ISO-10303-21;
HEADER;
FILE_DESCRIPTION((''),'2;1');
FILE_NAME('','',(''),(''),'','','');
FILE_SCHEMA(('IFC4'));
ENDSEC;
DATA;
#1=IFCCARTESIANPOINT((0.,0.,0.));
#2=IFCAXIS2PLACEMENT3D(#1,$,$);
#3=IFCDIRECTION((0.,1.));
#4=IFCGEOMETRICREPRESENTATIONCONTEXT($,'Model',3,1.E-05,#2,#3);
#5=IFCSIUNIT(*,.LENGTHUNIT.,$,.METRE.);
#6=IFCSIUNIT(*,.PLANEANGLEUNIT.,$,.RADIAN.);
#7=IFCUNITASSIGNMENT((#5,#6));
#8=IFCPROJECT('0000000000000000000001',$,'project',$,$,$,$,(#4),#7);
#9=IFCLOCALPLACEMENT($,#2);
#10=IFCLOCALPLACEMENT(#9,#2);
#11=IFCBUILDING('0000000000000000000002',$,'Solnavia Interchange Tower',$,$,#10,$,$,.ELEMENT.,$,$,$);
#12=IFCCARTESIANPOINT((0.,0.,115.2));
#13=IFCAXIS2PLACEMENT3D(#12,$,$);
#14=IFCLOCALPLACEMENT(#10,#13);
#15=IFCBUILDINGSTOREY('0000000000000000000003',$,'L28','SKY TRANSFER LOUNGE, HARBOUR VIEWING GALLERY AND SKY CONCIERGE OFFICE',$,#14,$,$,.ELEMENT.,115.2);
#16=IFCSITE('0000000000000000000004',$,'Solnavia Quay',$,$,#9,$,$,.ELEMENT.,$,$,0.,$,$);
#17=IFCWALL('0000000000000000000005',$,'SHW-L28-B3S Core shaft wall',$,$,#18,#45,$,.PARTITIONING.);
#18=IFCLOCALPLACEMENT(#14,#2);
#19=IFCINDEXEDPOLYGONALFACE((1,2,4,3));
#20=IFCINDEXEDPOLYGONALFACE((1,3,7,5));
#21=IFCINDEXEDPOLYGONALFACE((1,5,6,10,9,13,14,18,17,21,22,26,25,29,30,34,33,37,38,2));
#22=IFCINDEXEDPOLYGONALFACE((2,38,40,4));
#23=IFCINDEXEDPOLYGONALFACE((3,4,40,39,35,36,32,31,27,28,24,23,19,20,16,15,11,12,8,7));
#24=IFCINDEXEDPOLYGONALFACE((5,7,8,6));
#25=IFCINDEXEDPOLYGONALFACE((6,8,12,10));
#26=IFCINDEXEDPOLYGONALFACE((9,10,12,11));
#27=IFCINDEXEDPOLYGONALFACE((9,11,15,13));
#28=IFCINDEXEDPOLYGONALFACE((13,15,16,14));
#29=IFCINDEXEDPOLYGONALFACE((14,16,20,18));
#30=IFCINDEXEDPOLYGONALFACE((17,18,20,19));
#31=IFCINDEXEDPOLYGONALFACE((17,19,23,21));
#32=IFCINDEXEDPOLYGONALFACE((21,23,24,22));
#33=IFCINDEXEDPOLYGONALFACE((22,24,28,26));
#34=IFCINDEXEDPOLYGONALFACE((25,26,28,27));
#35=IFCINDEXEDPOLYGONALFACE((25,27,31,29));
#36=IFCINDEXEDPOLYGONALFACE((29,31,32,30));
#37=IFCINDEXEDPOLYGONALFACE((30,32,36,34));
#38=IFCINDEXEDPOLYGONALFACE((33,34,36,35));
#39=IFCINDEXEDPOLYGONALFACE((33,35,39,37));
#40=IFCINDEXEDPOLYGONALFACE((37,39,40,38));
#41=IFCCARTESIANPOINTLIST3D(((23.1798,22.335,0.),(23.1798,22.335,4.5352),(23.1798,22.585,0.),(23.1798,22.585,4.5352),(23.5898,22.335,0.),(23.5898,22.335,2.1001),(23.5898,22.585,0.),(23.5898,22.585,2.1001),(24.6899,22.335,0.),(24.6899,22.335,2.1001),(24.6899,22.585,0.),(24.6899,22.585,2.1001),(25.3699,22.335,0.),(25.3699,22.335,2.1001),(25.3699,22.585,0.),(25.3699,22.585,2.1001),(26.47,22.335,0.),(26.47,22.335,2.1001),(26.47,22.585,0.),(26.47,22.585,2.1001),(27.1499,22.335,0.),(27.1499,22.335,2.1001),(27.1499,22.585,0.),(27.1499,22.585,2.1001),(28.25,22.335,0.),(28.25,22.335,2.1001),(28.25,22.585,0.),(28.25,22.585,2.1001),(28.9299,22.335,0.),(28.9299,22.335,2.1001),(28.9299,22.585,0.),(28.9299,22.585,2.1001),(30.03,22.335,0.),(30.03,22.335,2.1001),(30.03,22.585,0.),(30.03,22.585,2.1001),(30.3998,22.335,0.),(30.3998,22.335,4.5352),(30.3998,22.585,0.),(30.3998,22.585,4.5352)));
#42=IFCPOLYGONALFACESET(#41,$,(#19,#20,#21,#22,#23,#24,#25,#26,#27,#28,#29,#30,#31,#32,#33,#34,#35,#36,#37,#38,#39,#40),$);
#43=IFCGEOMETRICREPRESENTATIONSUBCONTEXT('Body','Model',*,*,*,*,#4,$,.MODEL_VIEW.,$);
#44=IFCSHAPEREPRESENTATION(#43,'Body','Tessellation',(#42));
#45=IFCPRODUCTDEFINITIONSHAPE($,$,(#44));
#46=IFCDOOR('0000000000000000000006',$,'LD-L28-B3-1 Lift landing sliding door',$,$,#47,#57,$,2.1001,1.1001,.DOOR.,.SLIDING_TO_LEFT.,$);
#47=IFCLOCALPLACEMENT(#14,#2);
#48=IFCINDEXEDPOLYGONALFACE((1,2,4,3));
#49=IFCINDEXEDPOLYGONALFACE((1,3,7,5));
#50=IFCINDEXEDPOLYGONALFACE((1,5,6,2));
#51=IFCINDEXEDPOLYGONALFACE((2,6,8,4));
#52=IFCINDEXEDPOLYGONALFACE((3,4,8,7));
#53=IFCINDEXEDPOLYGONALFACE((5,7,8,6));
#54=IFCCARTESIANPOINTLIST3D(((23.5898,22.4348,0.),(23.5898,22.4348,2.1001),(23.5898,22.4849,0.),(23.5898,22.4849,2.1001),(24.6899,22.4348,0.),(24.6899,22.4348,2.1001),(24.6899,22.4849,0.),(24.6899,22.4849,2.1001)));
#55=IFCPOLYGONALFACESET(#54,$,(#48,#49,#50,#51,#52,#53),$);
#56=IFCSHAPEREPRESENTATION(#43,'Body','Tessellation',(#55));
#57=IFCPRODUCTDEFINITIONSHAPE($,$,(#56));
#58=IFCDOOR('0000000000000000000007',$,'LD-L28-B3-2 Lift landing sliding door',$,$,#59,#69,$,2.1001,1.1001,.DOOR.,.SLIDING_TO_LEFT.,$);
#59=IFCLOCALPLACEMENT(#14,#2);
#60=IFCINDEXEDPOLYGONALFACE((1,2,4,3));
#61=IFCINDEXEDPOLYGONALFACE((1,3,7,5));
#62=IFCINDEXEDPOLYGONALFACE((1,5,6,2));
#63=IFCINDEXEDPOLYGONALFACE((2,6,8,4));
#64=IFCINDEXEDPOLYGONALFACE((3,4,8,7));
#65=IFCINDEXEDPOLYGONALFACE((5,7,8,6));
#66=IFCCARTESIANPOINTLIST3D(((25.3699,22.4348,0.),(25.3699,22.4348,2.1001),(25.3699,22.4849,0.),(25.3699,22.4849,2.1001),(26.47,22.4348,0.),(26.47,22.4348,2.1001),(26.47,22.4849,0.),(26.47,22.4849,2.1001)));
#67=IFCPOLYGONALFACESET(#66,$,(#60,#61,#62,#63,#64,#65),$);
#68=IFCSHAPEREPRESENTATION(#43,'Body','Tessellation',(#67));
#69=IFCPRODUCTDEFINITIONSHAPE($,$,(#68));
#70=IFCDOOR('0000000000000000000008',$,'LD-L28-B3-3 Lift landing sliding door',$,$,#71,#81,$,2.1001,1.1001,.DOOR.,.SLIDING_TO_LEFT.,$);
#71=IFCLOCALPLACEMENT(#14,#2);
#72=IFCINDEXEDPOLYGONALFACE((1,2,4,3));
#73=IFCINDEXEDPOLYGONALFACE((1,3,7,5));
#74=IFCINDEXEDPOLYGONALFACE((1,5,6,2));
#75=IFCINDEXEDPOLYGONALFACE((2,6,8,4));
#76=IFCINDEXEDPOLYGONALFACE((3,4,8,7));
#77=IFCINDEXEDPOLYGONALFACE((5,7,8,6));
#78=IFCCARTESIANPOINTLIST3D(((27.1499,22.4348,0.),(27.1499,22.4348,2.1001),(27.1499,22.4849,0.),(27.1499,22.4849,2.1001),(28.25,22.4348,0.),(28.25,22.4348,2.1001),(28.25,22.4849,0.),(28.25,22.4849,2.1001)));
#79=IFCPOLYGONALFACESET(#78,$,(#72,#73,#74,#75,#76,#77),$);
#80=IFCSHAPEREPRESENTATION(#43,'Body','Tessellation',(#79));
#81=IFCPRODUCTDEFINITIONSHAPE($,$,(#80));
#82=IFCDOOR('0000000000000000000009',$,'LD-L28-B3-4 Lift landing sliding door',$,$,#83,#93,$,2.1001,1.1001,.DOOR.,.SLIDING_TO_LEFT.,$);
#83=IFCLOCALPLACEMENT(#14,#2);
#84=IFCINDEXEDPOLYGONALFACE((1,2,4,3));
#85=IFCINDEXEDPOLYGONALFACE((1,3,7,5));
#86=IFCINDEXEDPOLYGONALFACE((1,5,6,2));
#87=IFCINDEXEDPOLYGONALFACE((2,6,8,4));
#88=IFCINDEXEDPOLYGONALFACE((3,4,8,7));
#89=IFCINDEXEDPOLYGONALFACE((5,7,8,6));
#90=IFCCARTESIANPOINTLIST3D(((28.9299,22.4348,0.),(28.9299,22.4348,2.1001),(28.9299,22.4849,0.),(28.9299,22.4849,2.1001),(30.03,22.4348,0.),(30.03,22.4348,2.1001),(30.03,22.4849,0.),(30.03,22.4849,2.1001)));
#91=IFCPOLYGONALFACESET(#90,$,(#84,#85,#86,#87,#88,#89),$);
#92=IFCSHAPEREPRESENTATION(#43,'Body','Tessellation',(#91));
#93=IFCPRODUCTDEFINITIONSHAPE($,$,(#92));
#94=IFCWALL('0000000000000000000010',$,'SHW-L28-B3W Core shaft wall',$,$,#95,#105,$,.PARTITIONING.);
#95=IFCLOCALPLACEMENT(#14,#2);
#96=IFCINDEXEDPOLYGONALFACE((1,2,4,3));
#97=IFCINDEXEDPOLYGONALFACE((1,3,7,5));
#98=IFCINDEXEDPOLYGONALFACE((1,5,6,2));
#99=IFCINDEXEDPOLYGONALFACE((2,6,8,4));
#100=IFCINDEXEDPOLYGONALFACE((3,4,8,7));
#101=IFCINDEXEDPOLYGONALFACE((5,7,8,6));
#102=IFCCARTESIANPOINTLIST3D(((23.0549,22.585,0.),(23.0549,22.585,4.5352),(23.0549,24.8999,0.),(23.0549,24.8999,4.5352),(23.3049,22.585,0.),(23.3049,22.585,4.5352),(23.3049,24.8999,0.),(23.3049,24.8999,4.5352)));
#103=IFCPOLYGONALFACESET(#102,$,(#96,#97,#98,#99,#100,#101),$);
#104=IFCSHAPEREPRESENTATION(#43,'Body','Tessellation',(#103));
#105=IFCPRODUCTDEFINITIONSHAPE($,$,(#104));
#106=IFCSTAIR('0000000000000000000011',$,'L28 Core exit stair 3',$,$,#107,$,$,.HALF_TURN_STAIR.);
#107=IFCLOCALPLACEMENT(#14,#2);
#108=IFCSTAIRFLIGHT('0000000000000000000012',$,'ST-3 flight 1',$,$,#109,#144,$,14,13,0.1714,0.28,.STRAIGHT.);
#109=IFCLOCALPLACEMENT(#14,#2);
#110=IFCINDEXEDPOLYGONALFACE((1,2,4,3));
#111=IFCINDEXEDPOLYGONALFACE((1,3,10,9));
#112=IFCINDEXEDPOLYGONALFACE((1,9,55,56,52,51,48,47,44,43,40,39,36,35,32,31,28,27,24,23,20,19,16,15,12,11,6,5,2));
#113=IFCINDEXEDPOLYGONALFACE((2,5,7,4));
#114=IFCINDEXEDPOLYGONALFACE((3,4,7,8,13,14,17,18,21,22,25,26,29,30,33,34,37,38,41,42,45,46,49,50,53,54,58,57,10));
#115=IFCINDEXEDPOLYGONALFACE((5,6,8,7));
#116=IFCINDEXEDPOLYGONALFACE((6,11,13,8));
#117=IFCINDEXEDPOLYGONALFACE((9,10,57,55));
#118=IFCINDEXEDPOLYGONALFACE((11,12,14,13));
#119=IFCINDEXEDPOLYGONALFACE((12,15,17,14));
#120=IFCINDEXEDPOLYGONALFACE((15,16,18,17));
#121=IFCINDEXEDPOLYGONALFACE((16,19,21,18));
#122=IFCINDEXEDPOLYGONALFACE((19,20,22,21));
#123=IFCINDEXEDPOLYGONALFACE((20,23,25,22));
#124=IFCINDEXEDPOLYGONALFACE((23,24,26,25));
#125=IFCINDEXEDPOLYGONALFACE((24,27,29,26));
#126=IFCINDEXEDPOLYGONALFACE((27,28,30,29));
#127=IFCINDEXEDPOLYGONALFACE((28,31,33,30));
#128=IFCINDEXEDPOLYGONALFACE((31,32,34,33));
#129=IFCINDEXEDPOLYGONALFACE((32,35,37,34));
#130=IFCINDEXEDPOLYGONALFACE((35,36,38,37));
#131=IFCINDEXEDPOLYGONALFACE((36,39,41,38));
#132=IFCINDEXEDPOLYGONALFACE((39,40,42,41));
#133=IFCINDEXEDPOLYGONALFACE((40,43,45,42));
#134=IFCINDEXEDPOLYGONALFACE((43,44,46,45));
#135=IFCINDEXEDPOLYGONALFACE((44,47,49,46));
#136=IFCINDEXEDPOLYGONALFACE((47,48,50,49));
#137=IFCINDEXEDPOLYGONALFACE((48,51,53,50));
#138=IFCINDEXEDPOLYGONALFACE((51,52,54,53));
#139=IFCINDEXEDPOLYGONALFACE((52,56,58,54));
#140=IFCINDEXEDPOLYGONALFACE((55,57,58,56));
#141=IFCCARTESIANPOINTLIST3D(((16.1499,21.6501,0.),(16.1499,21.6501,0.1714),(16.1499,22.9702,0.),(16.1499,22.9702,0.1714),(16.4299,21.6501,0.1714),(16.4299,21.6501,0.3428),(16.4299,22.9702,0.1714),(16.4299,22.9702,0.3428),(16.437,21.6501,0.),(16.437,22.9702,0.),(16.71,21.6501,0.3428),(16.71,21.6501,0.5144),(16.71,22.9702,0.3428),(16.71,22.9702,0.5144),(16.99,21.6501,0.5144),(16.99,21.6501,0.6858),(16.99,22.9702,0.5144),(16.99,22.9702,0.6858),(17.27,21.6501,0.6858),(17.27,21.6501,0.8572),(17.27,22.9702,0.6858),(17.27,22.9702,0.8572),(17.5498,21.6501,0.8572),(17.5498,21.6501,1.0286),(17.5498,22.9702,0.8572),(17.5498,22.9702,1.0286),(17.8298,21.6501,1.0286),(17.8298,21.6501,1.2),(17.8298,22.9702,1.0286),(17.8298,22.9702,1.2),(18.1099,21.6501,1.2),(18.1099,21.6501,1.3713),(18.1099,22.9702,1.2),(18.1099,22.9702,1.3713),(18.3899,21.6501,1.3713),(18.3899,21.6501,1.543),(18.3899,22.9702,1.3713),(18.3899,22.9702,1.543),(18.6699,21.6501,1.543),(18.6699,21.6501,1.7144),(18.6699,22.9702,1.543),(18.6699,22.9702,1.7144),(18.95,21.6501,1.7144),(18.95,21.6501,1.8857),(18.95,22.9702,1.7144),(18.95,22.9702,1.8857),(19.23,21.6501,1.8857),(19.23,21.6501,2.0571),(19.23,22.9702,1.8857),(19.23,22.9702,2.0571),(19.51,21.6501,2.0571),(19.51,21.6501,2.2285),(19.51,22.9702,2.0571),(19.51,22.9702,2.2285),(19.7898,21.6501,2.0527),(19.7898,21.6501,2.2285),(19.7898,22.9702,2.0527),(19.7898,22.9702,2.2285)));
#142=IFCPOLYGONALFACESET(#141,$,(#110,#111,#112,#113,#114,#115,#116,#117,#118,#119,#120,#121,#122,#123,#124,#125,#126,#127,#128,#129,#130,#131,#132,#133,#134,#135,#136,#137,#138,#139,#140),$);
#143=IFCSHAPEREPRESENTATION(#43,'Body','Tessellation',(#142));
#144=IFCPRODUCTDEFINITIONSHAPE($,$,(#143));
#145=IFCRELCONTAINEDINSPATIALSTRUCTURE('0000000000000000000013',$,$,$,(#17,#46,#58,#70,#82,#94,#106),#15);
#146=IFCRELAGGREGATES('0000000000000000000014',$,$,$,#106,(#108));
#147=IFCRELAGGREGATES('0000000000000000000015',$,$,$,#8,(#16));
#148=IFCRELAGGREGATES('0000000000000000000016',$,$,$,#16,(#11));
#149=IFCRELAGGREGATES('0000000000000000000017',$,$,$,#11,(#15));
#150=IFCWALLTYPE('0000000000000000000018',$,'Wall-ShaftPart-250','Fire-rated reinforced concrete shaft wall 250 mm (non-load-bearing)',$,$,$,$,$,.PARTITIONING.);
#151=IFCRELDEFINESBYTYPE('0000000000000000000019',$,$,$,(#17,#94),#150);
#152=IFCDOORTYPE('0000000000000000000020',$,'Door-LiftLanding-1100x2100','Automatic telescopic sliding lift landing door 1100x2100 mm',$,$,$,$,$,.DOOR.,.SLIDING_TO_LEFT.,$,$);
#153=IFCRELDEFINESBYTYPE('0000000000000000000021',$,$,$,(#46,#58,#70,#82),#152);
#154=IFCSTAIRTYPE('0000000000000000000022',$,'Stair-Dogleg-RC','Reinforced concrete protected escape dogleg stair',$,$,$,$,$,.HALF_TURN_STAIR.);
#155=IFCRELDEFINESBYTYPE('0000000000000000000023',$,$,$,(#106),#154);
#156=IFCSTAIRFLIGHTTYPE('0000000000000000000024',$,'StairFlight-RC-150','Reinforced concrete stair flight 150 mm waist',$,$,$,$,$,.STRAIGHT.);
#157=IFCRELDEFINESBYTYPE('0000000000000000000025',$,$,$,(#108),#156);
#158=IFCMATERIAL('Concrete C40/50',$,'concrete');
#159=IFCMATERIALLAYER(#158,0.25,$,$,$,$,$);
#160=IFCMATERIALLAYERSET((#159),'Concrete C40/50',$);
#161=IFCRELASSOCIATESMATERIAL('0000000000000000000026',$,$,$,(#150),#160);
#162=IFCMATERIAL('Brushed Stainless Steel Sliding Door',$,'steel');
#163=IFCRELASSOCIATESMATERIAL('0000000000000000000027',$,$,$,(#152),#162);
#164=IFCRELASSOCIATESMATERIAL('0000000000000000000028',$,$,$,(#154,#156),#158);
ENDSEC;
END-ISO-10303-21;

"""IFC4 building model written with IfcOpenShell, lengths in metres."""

from ifc_helpers import new_model, si_unit, direction, frame, frame_2d, origin, place, context, subcontext, project, spatial, polyline, rectangle, outline, extrude, material, layer, layer_set, type_object, element, fill, aggregate, save


model = new_model("IFC4")

# Units and contexts
model_context = context("Model", 3, precision=1e-05, world=origin(), true_north=direction((0.0, 1.0)))
body_context = subcontext(model_context, "Body", "Model", "MODEL_VIEW")
ifc_project = project(units=[si_unit("LENGTHUNIT", "METRE"), si_unit("PLANEANGLEUNIT", "RADIAN")], contexts=[model_context])

# Site, building, storey
site_placement = place(None, origin())
site = spatial("IfcSite", under=ifc_project, at=site_placement, Name="Solnavia Quay", CompositionType="ELEMENT", RefElevation=0.0)
building_placement = place(site_placement, origin())
building = spatial("IfcBuilding", under=site, at=building_placement, Name="Solnavia Interchange Tower", CompositionType="ELEMENT")
storey_placement = place(building_placement, frame((0.0, 0.0, 115.2)))
storey = spatial("IfcBuildingStorey", under=building, at=storey_placement, Name="L28", Description="SKY TRANSFER LOUNGE, HARBOUR VIEWING GALLERY AND SKY CONCIERGE OFFICE", CompositionType="ELEMENT", Elevation=115.2)

# Shared definitions
ifc_material_1 = material(Name="Concrete C40/50", Category="concrete")
ifc_layer_1 = layer(ifc_material_1, 0.25)
ifc_layer_set_1 = layer_set([ifc_layer_1], Name="Concrete C40/50")
wall_type_1 = type_object("IfcWallType", Name="Wall-ShaftPart-250", Description="Fire-rated reinforced concrete shaft wall 250 mm (non-load-bearing)", PredefinedType="PARTITIONING", material=ifc_layer_set_1)

# Shared definitions
ifc_material_2 = material(Name="Brushed Stainless Steel Sliding Door", Category="steel")
door_type = type_object("IfcDoorType", Name="Door-LiftLanding-1100x2100", Description="Automatic telescopic sliding lift landing door 1100x2100 mm", OperationType="SLIDING_TO_LEFT", PredefinedType="DOOR", material=ifc_material_2)

# Wall, openings, doors
wall_1_placement = place(storey_placement, frame((23.1799, 22.46, 0.0), z_axis=(0.0, 0.0, 1.0), x_axis=(1.0, 0.0, 0.0)))
wall_1 = element("IfcWall", 1, at=wall_1_placement, inside=storey, type_object=wall_type_1, Name="SHW-L28-B3S Core shaft wall", PredefinedType="PARTITIONING", context=body_context, shape_type="SweptSolid", body=[
    extrude(rectangle(XDim=7.22, YDim=0.25, at=frame_2d((3.6099, 0.0))), origin(), (0.0, 0.0, 1.0), 4.5352),
])
opening_1_placement = place(wall_1_placement, frame((0.4099, 0.0, 0.0)))
opening_1 = element("IfcOpeningElement", 2, at=opening_1_placement, cuts=wall_1, PredefinedType="OPENING", context=body_context, shape_type="SweptSolid", body=[
    extrude(rectangle(XDim=1.1001, YDim=2.1001, at=frame_2d((0.55, 1.05))), frame((0.0, 0.135, 0.0), z_axis=(0.0, -1.0, 0.0), x_axis=(1.0, 0.0, 0.0)), (0.0, 0.0, 1.0), 0.27),
])
opening_2_placement = place(wall_1_placement, frame((2.1899, 0.0, 0.0)))
opening_2 = element("IfcOpeningElement", 3, at=opening_2_placement, cuts=wall_1, PredefinedType="OPENING", context=body_context, shape_type="SweptSolid", body=[
    extrude(rectangle(XDim=1.1001, YDim=2.1001, at=frame_2d((0.55, 1.05))), frame((0.0, 0.135, 0.0), z_axis=(0.0, -1.0, 0.0), x_axis=(1.0, 0.0, 0.0)), (0.0, 0.0, 1.0), 0.27),
])
opening_3_placement = place(wall_1_placement, frame((3.97, 0.0, 0.0)))
opening_3 = element("IfcOpeningElement", 4, at=opening_3_placement, cuts=wall_1, PredefinedType="OPENING", context=body_context, shape_type="SweptSolid", body=[
    extrude(rectangle(XDim=1.1001, YDim=2.1001, at=frame_2d((0.55, 1.05))), frame((0.0, 0.135, 0.0), z_axis=(0.0, -1.0, 0.0), x_axis=(1.0, 0.0, 0.0)), (0.0, 0.0, 1.0), 0.27),
])
opening_4_placement = place(wall_1_placement, frame((5.75, 0.0, 0.0)))
opening_4 = element("IfcOpeningElement", 5, at=opening_4_placement, cuts=wall_1, PredefinedType="OPENING", context=body_context, shape_type="SweptSolid", body=[
    extrude(rectangle(XDim=1.1001, YDim=2.1001, at=frame_2d((0.55, 1.05))), frame((0.0, 0.135, 0.0), z_axis=(0.0, -1.0, 0.0), x_axis=(1.0, 0.0, 0.0)), (0.0, 0.0, 1.0), 0.27),
])
door_1_placement = place(opening_1_placement, origin())
door_1 = element("IfcDoor", 6, at=door_1_placement, inside=storey, type_object=door_type, Name="LD-L28-B3-1 Lift landing sliding door", OperationType="SLIDING_TO_LEFT", OverallHeight=2.1001, OverallWidth=1.1001, PredefinedType="DOOR", context=body_context, shape_type="SweptSolid", body=[
    extrude(rectangle(XDim=1.1001, YDim=2.1001, at=frame_2d((0.55, 1.05))), frame((0.0, 0.0249, 0.0), z_axis=(0.0, -1.0, 0.0), x_axis=(1.0, 0.0, 0.0)), (0.0, 0.0, 1.0), 0.05),
])
fill(opening_1, door_1)
door_2_placement = place(opening_2_placement, origin())
door_2 = element("IfcDoor", 7, at=door_2_placement, inside=storey, type_object=door_type, Name="LD-L28-B3-2 Lift landing sliding door", OperationType="SLIDING_TO_LEFT", OverallHeight=2.1001, OverallWidth=1.1001, PredefinedType="DOOR", context=body_context, shape_type="SweptSolid", body=[
    extrude(rectangle(XDim=1.1001, YDim=2.1001, at=frame_2d((0.55, 1.05))), frame((0.0, 0.0249, 0.0), z_axis=(0.0, -1.0, 0.0), x_axis=(1.0, 0.0, 0.0)), (0.0, 0.0, 1.0), 0.05),
])
fill(opening_2, door_2)
door_3_placement = place(opening_3_placement, origin())
door_3 = element("IfcDoor", 8, at=door_3_placement, inside=storey, type_object=door_type, Name="LD-L28-B3-3 Lift landing sliding door", OperationType="SLIDING_TO_LEFT", OverallHeight=2.1001, OverallWidth=1.1001, PredefinedType="DOOR", context=body_context, shape_type="SweptSolid", body=[
    extrude(rectangle(XDim=1.1001, YDim=2.1001, at=frame_2d((0.55, 1.05))), frame((0.0, 0.0249, 0.0), z_axis=(0.0, -1.0, 0.0), x_axis=(1.0, 0.0, 0.0)), (0.0, 0.0, 1.0), 0.05),
])
fill(opening_3, door_3)
door_4_placement = place(opening_4_placement, origin())
door_4 = element("IfcDoor", 9, at=door_4_placement, inside=storey, type_object=door_type, Name="LD-L28-B3-4 Lift landing sliding door", OperationType="SLIDING_TO_LEFT", OverallHeight=2.1001, OverallWidth=1.1001, PredefinedType="DOOR", context=body_context, shape_type="SweptSolid", body=[
    extrude(rectangle(XDim=1.1001, YDim=2.1001, at=frame_2d((0.55, 1.05))), frame((0.0, 0.0249, 0.0), z_axis=(0.0, -1.0, 0.0), x_axis=(1.0, 0.0, 0.0)), (0.0, 0.0, 1.0), 0.05),
])
fill(opening_4, door_4)

# Wall
wall_2_placement = place(storey_placement, frame((23.1799, 22.585, 0.0), z_axis=(0.0, 0.0, 1.0), x_axis=(0.0, 1.0, 0.0)))
element("IfcWall", 10, at=wall_2_placement, inside=storey, type_object=wall_type_1, Name="SHW-L28-B3W Core shaft wall", PredefinedType="PARTITIONING", context=body_context, shape_type="SweptSolid", body=[
    extrude(rectangle(XDim=2.3149, YDim=0.25, at=frame_2d((1.1575, 0.0))), origin(), (0.0, 0.0, 1.0), 4.5352),
])

# Stair, stair flight
stair_type = type_object("IfcStairType", Name="Stair-Dogleg-RC", Description="Reinforced concrete protected escape dogleg stair", PredefinedType="HALF_TURN_STAIR", material=ifc_material_1)
stair_placement = place(storey_placement, origin())
stair = element("IfcStair", 11, at=stair_placement, inside=storey, type_object=stair_type, Name="L28 Core exit stair 3", PredefinedType="HALF_TURN_STAIR")
stair_flight_type = type_object("IfcStairFlightType", Name="StairFlight-RC-150", Description="Reinforced concrete stair flight 150 mm waist", PredefinedType="STRAIGHT", material=ifc_material_1)
stair_flight_placement = place(storey_placement, frame((16.1499, 22.3101, 0.0), z_axis=(0.0, 0.0, 1.0), x_axis=(1.0, 0.0, 0.0)))
stair_flight = element("IfcStairFlight", 12, at=stair_flight_placement, type_object=stair_flight_type, Name="ST-3 flight 1", NumberOfRisers=14, NumberOfTreads=13, PredefinedType="STRAIGHT", RiserHeight=0.1714, TreadLength=0.28, context=body_context, shape_type="SweptSolid", body=[
    extrude(outline(polyline([(0.0, 0.0), (0.0, 0.1714), (0.28, 0.1714), (0.28, 0.3428), (0.5601, 0.3428), (0.5601, 0.5144), (0.8401, 0.5144), (0.8401, 0.6858), (1.1201, 0.6858), (1.1201, 0.8572), (1.3999, 0.8572), (1.3999, 1.0286), (1.6799, 1.0286), (1.6799, 1.2), (1.96, 1.2), (1.96, 1.3713), (2.24, 1.3713), (2.24, 1.543), (2.52, 1.543), (2.52, 1.7144), (2.8, 1.7144), (2.8, 1.8857), (3.0801, 1.8857), (3.0801, 2.0571), (3.3601, 2.0571), (3.3601, 2.2285), (3.6399, 2.2285), (3.6399, 2.3999), (3.6399, 2.0527), (0.2871, 0.0), (0.0, 0.0)])), frame((0.0, 0.6602, 0.0), z_axis=(0.0, -1.0, 0.0), x_axis=(1.0, 0.0, 0.0)), (0.0, 0.0, 1.0), 1.3201),
])
aggregate(stair, [stair_flight])

save(model, "model.ifc")
